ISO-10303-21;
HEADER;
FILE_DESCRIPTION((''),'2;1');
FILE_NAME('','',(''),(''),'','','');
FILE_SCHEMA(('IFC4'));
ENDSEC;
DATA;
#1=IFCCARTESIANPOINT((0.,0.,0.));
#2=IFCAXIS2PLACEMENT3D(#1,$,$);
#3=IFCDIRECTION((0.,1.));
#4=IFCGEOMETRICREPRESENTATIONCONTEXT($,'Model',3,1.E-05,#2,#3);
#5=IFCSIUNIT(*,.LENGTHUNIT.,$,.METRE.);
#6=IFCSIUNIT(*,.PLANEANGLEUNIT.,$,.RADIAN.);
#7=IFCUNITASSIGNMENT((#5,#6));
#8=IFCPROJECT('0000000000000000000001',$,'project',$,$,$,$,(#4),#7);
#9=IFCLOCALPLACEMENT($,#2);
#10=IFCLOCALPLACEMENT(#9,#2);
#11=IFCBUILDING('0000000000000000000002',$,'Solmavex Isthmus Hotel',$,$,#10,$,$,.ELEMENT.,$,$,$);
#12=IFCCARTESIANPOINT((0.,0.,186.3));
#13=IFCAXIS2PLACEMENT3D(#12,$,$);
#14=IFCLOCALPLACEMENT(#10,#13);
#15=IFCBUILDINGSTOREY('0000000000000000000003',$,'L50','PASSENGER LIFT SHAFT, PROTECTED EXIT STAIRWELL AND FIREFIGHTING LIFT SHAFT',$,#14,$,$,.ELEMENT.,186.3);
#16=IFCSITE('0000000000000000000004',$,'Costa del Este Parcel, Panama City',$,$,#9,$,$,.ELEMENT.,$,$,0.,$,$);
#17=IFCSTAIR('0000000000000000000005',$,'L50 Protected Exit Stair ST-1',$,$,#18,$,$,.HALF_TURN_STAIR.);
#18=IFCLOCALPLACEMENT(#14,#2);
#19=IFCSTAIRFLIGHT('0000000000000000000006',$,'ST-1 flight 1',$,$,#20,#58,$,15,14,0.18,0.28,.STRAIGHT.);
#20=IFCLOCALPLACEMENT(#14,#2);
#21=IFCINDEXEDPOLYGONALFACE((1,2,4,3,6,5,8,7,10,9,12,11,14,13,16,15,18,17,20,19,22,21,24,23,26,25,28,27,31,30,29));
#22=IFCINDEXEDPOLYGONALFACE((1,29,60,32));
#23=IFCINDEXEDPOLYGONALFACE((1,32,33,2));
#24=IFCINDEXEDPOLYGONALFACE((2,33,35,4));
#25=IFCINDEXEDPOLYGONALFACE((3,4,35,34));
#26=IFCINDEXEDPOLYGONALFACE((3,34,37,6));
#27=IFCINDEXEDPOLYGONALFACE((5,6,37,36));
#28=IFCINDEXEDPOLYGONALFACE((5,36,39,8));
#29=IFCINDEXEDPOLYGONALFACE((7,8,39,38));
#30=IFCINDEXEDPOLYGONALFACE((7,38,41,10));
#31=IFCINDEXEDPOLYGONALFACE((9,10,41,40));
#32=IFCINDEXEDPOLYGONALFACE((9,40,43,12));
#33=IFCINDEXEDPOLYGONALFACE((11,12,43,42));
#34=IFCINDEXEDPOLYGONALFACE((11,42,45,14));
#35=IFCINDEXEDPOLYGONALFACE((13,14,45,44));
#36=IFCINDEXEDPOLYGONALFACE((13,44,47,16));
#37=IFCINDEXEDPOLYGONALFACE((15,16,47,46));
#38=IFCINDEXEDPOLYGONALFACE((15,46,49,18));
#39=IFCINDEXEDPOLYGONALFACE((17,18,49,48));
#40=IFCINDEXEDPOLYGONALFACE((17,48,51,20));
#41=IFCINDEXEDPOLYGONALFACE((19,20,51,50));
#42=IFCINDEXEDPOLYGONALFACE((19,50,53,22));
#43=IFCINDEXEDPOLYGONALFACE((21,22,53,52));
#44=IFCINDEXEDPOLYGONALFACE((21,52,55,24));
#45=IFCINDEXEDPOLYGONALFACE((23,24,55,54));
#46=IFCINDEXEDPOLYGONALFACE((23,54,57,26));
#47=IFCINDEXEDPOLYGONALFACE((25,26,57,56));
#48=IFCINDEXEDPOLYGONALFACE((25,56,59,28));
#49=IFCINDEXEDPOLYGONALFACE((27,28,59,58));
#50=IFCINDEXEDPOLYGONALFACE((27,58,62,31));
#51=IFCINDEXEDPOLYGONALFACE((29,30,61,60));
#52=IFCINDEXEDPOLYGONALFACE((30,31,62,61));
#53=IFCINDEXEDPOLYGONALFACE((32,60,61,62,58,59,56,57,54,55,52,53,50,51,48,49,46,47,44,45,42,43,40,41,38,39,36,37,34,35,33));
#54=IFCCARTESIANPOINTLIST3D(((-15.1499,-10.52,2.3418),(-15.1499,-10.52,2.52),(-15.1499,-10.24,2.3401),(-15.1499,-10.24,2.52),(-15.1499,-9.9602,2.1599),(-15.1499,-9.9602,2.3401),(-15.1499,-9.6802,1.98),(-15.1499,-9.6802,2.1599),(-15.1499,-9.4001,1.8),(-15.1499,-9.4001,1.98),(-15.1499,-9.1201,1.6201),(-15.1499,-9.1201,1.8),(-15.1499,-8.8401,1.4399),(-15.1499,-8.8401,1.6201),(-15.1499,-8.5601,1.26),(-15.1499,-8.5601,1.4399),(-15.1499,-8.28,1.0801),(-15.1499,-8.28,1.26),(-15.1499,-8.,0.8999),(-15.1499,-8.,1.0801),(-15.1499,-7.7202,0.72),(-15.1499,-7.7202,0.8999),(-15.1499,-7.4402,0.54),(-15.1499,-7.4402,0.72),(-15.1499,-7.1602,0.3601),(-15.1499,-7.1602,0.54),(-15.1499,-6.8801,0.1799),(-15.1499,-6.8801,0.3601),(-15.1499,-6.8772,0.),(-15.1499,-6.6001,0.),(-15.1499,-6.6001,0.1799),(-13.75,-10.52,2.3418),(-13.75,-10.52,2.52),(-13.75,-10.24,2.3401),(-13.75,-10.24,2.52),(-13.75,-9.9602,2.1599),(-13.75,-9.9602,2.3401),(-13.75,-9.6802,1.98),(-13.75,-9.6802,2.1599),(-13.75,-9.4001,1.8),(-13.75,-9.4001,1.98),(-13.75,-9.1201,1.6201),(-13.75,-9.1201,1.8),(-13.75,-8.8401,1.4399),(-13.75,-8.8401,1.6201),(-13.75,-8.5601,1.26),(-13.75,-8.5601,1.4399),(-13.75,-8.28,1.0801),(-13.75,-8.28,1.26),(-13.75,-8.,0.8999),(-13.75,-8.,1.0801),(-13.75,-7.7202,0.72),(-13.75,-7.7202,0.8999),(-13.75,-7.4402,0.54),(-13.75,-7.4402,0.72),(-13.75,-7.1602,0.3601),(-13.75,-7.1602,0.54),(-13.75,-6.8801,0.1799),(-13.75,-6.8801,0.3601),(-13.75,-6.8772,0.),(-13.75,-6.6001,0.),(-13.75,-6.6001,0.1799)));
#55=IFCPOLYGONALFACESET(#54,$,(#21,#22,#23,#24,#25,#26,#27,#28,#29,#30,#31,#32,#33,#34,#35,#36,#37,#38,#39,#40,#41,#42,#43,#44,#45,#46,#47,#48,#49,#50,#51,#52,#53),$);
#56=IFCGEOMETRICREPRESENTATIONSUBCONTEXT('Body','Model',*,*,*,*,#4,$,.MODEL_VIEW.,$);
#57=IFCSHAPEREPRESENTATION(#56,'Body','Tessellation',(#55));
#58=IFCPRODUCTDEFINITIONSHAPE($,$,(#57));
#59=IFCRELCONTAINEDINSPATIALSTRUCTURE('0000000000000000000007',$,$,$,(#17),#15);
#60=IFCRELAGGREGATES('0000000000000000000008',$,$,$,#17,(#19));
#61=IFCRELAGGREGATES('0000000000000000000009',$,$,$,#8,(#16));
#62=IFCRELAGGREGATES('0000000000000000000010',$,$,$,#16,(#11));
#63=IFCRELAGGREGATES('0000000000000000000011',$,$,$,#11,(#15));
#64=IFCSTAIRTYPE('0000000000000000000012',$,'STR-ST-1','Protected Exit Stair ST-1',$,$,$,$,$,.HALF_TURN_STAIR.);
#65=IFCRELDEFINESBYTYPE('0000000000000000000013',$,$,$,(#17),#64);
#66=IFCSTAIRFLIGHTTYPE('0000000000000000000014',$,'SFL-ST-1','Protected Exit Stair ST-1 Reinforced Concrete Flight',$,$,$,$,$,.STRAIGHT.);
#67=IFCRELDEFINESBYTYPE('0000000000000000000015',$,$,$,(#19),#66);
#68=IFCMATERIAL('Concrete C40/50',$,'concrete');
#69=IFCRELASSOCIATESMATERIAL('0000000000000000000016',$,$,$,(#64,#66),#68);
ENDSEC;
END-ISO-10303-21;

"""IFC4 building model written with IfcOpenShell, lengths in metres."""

from ifc_helpers import new_model, si_unit, direction, frame, origin, place, context, subcontext, project, spatial, polyline, outline, extrude, material, type_object, element, aggregate, save


model = new_model("IFC4")

# Units and contexts
model_context = context("Model", 3, precision=1e-05, world=origin(), true_north=direction((0.0, 1.0)))
body_context = subcontext(model_context, "Body", "Model", "MODEL_VIEW")
ifc_project = project(units=[si_unit("LENGTHUNIT", "METRE"), si_unit("PLANEANGLEUNIT", "RADIAN")], contexts=[model_context])

# Site, building, storey
site_placement = place(None, origin())
site = spatial("IfcSite", under=ifc_project, at=site_placement, Name="Costa del Este Parcel, Panama City", CompositionType="ELEMENT", RefElevation=0.0)
building_placement = place(site_placement, origin())
building = spatial("IfcBuilding", under=site, at=building_placement, Name="Solmavex Isthmus Hotel", CompositionType="ELEMENT")
storey_placement = place(building_placement, frame((0.0, 0.0, 186.3)))
storey = spatial("IfcBuildingStorey", under=building, at=storey_placement, Name="L50", Description="PASSENGER LIFT SHAFT, PROTECTED EXIT STAIRWELL AND FIREFIGHTING LIFT SHAFT", CompositionType="ELEMENT", Elevation=186.3)

# Shared definitions
ifc_material_1 = material(Name="Concrete C40/50", Category="concrete")

# Stair, stair flight
stair_type = type_object("IfcStairType", Name="STR-ST-1", Description="Protected Exit Stair ST-1", PredefinedType="HALF_TURN_STAIR", material=ifc_material_1)
stair_placement = place(storey_placement, origin())
stair = element("IfcStair", 1, at=stair_placement, inside=storey, type_object=stair_type, Name="L50 Protected Exit Stair ST-1", PredefinedType="HALF_TURN_STAIR")
stair_flight_type = type_object("IfcStairFlightType", Name="SFL-ST-1", Description="Protected Exit Stair ST-1 Reinforced Concrete Flight", PredefinedType="STRAIGHT", material=ifc_material_1)
stair_flight_placement = place(storey_placement, frame((-14.45, -6.6001, 0.0), z_axis=(0.0, 0.0, 1.0), x_axis=(0.0, -1.0, 0.0)))
stair_flight = element("IfcStairFlight", 2, at=stair_flight_placement, type_object=stair_flight_type, Name="ST-1 flight 1", NumberOfRisers=15, NumberOfTreads=14, PredefinedType="STRAIGHT", RiserHeight=0.18, TreadLength=0.28, context=body_context, shape_type="SweptSolid", body=[
    extrude(outline(polyline([(0.0, 0.0), (0.0, 0.1799), (0.28, 0.1799), (0.28, 0.3601), (0.5601, 0.3601), (0.5601, 0.54), (0.8401, 0.54), (0.8401, 0.72), (1.1201, 0.72), (1.1201, 0.8999), (1.3999, 0.8999), (1.3999, 1.0801), (1.6799, 1.0801), (1.6799, 1.26), (1.96, 1.26), (1.96, 1.4399), (2.24, 1.4399), (2.24, 1.6201), (2.52, 1.6201), (2.52, 1.8), (2.8, 1.8), (2.8, 1.98), (3.0801, 1.98), (3.0801, 2.1599), (3.3601, 2.1599), (3.3601, 2.3401), (3.6399, 2.3401), (3.6399, 2.52), (3.9199, 2.52), (3.9199, 2.7), (3.9199, 2.3418), (0.2771, 0.0), (0.0, 0.0)])), frame((0.0, 0.7, 0.0), z_axis=(0.0, -1.0, 0.0), x_axis=(1.0, 0.0, 0.0)), (0.0, 0.0, 1.0), 1.3999),
])
aggregate(stair, [stair_flight])

save(model, "model.ifc")
